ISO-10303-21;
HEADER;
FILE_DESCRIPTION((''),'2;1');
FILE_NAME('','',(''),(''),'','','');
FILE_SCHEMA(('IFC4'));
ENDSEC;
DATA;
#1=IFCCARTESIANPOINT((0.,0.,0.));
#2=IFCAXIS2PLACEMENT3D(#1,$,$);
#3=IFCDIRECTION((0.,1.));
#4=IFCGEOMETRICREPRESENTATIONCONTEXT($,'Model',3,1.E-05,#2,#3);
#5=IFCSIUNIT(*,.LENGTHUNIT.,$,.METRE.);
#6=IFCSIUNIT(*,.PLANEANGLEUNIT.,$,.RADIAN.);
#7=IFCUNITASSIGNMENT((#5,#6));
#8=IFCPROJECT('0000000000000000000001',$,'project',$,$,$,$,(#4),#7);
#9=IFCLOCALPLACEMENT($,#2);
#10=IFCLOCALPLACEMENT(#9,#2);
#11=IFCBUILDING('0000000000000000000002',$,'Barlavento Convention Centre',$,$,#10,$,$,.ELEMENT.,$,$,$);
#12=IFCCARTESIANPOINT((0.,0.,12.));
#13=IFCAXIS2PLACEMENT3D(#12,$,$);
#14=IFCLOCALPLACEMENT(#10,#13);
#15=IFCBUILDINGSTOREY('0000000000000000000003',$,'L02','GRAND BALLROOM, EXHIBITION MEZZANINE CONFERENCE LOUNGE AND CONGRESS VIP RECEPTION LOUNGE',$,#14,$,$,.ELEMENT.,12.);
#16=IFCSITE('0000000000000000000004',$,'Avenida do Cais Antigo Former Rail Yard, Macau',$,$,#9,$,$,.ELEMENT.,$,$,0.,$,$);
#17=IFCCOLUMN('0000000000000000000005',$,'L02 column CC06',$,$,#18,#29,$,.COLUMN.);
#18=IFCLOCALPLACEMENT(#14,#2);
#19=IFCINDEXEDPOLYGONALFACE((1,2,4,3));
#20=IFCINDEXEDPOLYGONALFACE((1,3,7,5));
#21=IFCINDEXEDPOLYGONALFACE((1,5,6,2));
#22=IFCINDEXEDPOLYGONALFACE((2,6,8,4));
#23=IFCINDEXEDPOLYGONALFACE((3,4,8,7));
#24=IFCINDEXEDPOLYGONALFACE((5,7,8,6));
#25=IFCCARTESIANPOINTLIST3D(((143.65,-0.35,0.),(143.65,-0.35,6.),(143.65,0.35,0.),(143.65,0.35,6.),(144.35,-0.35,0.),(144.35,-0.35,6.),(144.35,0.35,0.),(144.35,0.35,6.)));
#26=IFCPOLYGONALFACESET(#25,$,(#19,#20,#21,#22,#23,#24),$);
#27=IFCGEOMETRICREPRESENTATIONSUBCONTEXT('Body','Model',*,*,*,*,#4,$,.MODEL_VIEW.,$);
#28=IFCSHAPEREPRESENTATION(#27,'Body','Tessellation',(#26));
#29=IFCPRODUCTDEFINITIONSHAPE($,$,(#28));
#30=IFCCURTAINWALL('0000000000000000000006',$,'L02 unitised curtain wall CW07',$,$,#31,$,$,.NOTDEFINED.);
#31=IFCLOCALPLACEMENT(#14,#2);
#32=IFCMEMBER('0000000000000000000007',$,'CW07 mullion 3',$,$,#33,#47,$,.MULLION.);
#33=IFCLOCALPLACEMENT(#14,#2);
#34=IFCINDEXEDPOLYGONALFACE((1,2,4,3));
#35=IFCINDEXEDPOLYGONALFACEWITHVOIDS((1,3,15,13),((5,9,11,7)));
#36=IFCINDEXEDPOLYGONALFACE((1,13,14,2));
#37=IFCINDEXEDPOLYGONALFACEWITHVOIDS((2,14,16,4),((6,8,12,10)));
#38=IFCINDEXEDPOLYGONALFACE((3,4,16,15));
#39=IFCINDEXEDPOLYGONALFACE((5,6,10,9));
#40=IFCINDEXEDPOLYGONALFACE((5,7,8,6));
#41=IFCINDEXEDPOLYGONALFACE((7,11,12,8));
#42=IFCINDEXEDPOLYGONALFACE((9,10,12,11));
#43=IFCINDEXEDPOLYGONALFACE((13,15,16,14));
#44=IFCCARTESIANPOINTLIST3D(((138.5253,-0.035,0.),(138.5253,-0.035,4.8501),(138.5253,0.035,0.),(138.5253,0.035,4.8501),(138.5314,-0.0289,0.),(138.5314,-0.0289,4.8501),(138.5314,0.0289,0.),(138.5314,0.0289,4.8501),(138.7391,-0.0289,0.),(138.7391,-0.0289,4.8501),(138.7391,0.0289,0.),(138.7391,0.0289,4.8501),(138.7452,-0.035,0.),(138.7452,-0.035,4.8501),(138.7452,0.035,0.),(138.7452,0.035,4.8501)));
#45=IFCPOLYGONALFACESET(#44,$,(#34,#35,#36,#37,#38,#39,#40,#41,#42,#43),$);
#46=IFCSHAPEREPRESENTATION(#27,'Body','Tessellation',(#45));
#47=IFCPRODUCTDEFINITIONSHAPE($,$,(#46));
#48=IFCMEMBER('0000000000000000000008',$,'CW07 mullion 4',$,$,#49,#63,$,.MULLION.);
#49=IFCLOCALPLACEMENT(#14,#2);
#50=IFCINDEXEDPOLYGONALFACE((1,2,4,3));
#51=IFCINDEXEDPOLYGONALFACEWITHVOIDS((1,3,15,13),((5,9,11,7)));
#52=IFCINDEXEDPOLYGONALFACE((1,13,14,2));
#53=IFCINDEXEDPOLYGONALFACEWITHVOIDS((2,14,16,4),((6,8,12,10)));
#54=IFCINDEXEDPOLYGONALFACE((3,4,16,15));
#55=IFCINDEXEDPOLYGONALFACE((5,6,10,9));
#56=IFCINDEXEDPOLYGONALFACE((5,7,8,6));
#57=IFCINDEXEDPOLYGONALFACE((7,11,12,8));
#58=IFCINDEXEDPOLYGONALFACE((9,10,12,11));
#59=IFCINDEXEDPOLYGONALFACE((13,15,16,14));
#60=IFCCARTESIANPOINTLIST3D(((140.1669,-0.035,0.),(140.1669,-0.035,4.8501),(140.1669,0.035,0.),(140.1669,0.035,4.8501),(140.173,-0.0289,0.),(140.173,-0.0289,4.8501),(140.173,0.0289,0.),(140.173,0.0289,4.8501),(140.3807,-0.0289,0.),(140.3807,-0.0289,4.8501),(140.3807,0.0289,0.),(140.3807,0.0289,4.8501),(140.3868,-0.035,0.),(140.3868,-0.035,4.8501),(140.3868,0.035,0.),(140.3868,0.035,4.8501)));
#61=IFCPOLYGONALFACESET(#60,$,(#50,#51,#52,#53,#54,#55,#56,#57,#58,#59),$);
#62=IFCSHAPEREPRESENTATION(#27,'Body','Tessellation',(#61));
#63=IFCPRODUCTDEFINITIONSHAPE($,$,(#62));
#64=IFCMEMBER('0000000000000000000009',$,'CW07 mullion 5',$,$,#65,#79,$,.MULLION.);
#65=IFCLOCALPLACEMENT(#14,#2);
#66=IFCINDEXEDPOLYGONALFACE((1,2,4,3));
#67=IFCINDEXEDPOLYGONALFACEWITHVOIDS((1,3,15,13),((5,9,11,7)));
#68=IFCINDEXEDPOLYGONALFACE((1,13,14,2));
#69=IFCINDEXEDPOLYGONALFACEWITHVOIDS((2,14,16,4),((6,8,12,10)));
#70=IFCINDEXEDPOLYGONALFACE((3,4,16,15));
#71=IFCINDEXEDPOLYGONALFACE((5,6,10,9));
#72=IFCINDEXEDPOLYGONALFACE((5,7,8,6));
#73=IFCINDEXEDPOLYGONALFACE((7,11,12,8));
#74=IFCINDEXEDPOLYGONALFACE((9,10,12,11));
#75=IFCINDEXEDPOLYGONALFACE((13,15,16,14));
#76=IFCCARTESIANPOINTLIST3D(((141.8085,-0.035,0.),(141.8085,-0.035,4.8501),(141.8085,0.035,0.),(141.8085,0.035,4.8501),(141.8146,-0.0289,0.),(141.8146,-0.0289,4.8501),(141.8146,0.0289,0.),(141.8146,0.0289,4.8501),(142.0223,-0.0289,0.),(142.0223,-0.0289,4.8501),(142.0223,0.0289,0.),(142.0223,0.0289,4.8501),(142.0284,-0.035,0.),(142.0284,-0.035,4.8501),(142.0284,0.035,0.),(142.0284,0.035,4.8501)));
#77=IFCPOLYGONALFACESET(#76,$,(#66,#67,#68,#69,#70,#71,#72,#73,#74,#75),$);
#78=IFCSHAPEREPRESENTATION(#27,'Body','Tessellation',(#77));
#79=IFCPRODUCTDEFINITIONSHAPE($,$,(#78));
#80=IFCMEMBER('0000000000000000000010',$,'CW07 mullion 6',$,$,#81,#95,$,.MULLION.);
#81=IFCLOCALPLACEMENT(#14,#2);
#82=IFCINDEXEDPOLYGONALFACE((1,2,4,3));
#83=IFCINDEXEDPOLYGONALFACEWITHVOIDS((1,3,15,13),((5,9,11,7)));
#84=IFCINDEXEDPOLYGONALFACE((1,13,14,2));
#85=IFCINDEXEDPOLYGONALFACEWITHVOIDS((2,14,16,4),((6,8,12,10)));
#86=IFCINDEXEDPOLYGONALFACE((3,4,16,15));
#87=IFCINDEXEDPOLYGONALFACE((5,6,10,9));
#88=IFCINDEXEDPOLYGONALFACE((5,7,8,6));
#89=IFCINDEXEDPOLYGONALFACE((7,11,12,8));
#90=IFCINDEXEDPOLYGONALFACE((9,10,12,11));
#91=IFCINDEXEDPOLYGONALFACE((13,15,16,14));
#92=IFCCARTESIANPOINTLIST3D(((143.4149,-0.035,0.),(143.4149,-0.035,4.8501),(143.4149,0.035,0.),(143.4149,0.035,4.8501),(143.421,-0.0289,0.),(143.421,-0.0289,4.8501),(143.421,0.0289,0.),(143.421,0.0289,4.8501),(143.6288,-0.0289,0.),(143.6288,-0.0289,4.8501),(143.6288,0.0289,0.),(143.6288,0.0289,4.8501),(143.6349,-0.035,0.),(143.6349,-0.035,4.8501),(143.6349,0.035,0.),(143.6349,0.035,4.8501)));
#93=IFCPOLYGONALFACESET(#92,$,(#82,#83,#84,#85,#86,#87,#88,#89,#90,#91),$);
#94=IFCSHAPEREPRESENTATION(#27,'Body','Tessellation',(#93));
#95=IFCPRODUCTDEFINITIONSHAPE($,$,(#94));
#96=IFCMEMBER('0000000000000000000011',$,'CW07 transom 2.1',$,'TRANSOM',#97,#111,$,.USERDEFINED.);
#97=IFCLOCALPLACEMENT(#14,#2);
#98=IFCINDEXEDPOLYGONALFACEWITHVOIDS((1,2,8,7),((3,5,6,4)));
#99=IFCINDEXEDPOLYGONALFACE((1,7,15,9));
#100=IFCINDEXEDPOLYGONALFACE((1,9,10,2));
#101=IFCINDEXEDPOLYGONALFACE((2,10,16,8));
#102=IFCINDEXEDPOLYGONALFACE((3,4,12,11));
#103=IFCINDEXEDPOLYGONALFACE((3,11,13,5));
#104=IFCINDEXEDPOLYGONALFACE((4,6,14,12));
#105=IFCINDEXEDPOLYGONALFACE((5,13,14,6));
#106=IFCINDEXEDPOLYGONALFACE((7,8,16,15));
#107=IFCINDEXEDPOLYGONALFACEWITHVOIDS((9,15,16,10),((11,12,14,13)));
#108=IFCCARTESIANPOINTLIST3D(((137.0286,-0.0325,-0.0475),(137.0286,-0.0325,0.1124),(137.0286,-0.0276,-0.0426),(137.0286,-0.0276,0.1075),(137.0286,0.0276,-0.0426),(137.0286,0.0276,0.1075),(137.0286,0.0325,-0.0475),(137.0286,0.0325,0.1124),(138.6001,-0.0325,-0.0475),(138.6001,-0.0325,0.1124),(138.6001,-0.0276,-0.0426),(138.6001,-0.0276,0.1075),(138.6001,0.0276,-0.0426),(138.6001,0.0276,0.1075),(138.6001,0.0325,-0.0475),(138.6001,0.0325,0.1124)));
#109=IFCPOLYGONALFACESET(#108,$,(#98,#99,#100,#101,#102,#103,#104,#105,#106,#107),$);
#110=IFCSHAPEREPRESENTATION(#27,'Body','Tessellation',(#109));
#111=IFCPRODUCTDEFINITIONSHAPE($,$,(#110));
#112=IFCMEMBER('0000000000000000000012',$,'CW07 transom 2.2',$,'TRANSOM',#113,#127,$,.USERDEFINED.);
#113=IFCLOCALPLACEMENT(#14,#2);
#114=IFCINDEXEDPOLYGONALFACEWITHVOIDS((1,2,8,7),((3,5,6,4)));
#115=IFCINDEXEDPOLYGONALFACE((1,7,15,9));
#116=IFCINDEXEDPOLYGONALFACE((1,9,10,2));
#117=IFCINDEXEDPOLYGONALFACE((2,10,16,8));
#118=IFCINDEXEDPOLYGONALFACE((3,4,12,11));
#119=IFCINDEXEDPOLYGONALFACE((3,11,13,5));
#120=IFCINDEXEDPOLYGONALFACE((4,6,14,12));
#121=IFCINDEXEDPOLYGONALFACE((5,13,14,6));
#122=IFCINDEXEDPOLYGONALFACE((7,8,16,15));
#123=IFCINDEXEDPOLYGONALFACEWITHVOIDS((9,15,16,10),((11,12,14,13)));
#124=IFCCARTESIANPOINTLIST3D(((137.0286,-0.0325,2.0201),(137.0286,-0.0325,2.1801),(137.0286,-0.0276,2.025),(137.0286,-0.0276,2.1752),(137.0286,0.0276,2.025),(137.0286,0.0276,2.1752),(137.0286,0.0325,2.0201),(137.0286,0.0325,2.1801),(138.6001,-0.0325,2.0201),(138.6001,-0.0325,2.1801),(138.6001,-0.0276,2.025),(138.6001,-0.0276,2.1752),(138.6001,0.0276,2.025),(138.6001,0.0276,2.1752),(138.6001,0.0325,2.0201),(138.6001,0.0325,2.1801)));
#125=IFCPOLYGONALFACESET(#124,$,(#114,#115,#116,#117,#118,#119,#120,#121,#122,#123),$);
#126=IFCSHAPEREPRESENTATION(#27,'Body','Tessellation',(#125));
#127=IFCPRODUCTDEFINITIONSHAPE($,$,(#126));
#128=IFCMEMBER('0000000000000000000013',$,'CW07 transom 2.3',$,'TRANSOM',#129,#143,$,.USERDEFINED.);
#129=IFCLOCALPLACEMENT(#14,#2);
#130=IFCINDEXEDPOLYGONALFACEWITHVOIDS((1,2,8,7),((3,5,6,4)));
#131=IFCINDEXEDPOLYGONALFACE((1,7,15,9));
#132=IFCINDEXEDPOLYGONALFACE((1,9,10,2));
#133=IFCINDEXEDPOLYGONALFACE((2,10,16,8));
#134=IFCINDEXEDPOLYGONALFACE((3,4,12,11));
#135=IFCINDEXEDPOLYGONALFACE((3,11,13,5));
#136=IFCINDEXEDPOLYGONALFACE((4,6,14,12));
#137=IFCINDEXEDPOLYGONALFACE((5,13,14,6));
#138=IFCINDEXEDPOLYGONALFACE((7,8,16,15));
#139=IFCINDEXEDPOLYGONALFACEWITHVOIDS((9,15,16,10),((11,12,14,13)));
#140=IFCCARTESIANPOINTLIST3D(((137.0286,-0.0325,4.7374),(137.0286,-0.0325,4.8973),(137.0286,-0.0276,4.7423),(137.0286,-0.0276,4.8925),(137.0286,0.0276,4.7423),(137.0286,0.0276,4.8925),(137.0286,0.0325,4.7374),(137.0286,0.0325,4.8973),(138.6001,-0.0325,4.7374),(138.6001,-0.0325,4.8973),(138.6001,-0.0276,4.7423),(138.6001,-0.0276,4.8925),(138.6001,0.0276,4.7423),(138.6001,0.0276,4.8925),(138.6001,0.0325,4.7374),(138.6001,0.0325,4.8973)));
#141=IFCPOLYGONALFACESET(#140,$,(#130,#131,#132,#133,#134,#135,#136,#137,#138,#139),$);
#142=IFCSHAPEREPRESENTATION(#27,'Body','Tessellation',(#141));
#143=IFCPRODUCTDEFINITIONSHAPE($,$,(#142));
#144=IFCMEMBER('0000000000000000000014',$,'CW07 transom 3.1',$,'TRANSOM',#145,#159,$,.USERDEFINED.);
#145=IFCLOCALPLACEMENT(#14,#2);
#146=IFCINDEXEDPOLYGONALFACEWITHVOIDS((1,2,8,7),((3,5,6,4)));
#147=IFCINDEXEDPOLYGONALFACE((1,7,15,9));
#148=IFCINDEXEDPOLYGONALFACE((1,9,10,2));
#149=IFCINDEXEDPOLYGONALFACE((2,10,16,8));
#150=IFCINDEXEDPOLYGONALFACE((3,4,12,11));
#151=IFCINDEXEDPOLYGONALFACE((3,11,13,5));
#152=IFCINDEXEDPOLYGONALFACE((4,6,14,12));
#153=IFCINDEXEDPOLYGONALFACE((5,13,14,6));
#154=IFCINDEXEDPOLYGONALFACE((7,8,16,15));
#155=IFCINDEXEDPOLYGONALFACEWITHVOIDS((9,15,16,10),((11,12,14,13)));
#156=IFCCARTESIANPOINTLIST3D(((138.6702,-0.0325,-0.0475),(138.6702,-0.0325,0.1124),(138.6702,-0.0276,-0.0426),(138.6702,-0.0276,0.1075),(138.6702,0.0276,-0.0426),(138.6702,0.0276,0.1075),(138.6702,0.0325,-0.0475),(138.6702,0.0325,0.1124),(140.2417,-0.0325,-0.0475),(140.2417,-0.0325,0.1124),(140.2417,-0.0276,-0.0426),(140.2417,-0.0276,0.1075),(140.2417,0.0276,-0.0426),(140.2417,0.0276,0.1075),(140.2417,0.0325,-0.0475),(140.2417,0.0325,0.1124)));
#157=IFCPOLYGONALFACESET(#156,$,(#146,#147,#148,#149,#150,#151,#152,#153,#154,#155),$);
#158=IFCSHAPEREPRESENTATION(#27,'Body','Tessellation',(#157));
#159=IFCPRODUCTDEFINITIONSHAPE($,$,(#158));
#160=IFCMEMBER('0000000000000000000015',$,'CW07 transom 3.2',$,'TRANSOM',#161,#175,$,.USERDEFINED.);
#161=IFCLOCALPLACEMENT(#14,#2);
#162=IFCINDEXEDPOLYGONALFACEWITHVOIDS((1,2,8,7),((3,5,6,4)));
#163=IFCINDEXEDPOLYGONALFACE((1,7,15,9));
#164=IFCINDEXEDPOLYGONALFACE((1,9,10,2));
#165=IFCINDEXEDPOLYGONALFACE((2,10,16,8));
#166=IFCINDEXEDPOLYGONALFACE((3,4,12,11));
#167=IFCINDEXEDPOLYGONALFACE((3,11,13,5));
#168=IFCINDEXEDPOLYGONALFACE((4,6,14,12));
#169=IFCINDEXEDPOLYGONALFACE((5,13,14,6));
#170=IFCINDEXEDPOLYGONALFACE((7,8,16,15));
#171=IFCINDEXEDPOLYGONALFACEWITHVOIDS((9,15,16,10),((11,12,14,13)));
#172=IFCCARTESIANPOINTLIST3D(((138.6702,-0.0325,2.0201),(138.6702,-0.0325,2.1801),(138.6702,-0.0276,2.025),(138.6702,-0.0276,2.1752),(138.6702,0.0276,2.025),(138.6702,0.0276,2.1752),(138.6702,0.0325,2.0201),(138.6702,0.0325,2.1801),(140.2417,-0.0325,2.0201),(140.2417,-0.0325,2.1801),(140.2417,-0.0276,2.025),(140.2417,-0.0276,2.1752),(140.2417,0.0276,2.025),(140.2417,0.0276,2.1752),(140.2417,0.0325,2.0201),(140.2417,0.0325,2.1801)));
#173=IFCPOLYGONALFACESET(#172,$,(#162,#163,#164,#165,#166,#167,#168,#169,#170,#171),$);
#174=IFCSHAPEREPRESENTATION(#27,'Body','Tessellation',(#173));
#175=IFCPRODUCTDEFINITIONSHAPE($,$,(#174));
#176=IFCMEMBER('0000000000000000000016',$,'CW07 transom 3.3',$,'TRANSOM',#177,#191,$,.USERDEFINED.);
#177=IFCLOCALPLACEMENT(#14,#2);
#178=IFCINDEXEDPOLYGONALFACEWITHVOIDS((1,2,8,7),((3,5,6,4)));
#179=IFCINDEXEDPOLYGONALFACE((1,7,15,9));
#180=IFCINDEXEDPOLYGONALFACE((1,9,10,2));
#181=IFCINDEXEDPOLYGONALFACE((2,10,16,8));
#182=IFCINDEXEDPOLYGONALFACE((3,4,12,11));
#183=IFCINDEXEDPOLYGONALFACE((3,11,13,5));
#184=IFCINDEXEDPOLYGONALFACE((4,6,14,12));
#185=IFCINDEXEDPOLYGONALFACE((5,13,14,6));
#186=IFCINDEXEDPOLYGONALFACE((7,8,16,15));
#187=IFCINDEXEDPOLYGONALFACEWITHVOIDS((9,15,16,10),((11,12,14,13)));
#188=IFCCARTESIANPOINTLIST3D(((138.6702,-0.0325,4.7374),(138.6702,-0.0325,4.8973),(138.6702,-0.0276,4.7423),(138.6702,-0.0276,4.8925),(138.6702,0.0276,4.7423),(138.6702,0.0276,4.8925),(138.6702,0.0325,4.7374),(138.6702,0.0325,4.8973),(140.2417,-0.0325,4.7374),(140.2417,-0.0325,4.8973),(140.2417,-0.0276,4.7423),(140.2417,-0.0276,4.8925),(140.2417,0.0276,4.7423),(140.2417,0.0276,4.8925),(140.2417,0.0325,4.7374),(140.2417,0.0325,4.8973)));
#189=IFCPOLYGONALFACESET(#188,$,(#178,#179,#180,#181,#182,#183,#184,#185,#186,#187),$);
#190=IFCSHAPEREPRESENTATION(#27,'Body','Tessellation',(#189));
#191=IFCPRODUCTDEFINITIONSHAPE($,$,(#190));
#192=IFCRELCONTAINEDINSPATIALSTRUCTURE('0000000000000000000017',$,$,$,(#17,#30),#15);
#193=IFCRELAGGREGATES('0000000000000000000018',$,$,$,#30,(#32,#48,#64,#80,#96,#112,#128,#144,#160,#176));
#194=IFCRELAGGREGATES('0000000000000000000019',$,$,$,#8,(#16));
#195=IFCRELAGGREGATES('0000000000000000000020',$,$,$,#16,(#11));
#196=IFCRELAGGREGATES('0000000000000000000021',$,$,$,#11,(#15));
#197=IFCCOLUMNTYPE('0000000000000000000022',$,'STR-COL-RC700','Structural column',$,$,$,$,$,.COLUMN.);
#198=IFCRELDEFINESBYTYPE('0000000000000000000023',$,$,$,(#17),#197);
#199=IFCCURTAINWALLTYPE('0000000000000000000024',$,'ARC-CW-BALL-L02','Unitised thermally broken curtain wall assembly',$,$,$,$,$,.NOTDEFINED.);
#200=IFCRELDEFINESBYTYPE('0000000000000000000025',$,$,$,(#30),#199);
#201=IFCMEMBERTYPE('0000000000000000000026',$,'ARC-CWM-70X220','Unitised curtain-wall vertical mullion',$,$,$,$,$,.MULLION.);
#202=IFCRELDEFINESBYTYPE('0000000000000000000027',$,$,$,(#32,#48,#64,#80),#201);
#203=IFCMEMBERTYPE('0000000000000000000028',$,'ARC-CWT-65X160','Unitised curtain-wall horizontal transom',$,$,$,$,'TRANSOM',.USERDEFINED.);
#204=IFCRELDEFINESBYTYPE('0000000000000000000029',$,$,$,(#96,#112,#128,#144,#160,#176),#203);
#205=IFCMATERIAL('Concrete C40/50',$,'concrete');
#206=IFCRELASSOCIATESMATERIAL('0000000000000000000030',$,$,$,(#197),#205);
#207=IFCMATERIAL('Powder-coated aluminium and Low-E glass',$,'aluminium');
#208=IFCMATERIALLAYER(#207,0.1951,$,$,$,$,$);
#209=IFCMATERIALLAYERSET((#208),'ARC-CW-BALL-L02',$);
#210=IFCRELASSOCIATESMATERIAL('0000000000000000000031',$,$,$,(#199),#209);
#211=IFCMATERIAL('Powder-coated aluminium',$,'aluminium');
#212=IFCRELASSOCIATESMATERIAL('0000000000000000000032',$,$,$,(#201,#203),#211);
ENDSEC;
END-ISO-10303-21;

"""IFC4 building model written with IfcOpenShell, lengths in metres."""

from ifc_helpers import new_model, si_unit, direction, frame, origin, origin_2d, place, context, subcontext, project, spatial, rectangle, hollow_rectangle, extrude, material, layer, layer_set, material_profile, profile_set, type_object, element, aggregate, save


model = new_model("IFC4")

# Units and contexts
model_context = context("Model", 3, precision=1e-05, world=origin(), true_north=direction((0.0, 1.0)))
body_context = subcontext(model_context, "Body", "Model", "MODEL_VIEW")
ifc_project = project(units=[si_unit("LENGTHUNIT", "METRE"), si_unit("PLANEANGLEUNIT", "RADIAN")], contexts=[model_context])

# Site, building, storey
site_placement = place(None, origin())
site = spatial("IfcSite", under=ifc_project, at=site_placement, Name="Avenida do Cais Antigo Former Rail Yard, Macau", CompositionType="ELEMENT", RefElevation=0.0)
building_placement = place(site_placement, origin())
building = spatial("IfcBuilding", under=site, at=building_placement, Name="Barlavento Convention Centre", CompositionType="ELEMENT")
storey_placement = place(building_placement, frame((0.0, 0.0, 12.0)))
storey = spatial("IfcBuildingStorey", under=building, at=storey_placement, Name="L02", Description="GRAND BALLROOM, EXHIBITION MEZZANINE CONFERENCE LOUNGE AND CONGRESS VIP RECEPTION LOUNGE", CompositionType="ELEMENT", Elevation=12.0)

# Column
ifc_material_1 = material(Name="Concrete C40/50", Category="concrete")
ifc_material_profile_1 = material_profile(ifc_material_1, rectangle(XDim=0.7, YDim=0.7, at=origin_2d()), Name="RC 700x700")
ifc_profile_set_1 = profile_set([ifc_material_profile_1], Name="Concrete C40/50")
column_type = type_object("IfcColumnType", Name="STR-COL-RC700", Description="Structural column", PredefinedType="COLUMN", material=ifc_profile_set_1)
column_placement = place(storey_placement, frame((144.0, 0.0, 0.0), z_axis=(0.0, 0.0, 1.0), x_axis=(1.0, 0.0, 0.0)))
element("IfcColumn", 1, at=column_placement, inside=storey, type_object=column_type, Name="L02 column CC06", PredefinedType="COLUMN", context=body_context, shape_type="SweptSolid", body=[
    extrude(rectangle(XDim=0.7, YDim=0.7, at=origin_2d()), origin(), (0.0, 0.0, 1.0), 6.0),
])

# Curtain wall, members
ifc_material_2 = material(Name="Powder-coated aluminium and Low-E glass", Category="aluminium")
ifc_layer_1 = layer(ifc_material_2, 0.1951)
ifc_layer_set_1 = layer_set([ifc_layer_1], Name="ARC-CW-BALL-L02")
curtain_wall_type = type_object("IfcCurtainWallType", Name="ARC-CW-BALL-L02", Description="Unitised thermally broken curtain wall assembly", PredefinedType="NOTDEFINED", material=ifc_layer_set_1)
curtain_wall_placement = place(storey_placement, origin())
curtain_wall = element("IfcCurtainWall", 2, at=curtain_wall_placement, inside=storey, type_object=curtain_wall_type, Name="L02 unitised curtain wall CW07", PredefinedType="NOTDEFINED")
ifc_material_3 = material(Name="Powder-coated aluminium", Category="aluminium")
ifc_material_profile_2 = material_profile(ifc_material_3, hollow_rectangle(XDim=0.0701, YDim=0.22, WallThickness=0.0061, at=origin_2d()), Name="AL-MULL 70x220x6")
ifc_profile_set_2 = profile_set([ifc_material_profile_2], Name="Powder-coated aluminium")
member_type_1 = type_object("IfcMemberType", Name="ARC-CWM-70X220", Description="Unitised curtain-wall vertical mullion", PredefinedType="MULLION", material=ifc_profile_set_2)
member_1_placement = place(storey_placement, frame((138.6353, 0.0, 0.0), z_axis=(0.0, 0.0, 1.0), x_axis=(0.0, 1.0, 0.0)))
member_1 = element("IfcMember", 3, at=member_1_placement, type_object=member_type_1, Name="CW07 mullion 3", PredefinedType="MULLION", context=body_context, shape_type="SweptSolid", body=[
    extrude(hollow_rectangle(XDim=0.0701, YDim=0.22, WallThickness=0.0061, at=origin_2d()), origin(), (0.0, 0.0, 1.0), 4.8501),
])
member_2_placement = place(storey_placement, frame((140.2769, 0.0, 0.0), z_axis=(0.0, 0.0, 1.0), x_axis=(0.0, 1.0, 0.0)))
member_2 = element("IfcMember", 4, at=member_2_placement, type_object=member_type_1, Name="CW07 mullion 4", PredefinedType="MULLION", context=body_context, shape_type="SweptSolid", body=[
    extrude(hollow_rectangle(XDim=0.0701, YDim=0.22, WallThickness=0.0061, at=origin_2d()), origin(), (0.0, 0.0, 1.0), 4.8501),
])
member_3_placement = place(storey_placement, frame((141.9185, 0.0, 0.0), z_axis=(0.0, 0.0, 1.0), x_axis=(0.0, 1.0, 0.0)))
member_3 = element("IfcMember", 5, at=member_3_placement, type_object=member_type_1, Name="CW07 mullion 5", PredefinedType="MULLION", context=body_context, shape_type="SweptSolid", body=[
    extrude(hollow_rectangle(XDim=0.0701, YDim=0.22, WallThickness=0.0061, at=origin_2d()), origin(), (0.0, 0.0, 1.0), 4.8501),
])
member_4_placement = place(storey_placement, frame((143.5249, 0.0, 0.0), z_axis=(0.0, 0.0, 1.0), x_axis=(0.0, 1.0, 0.0)))
member_4 = element("IfcMember", 6, at=member_4_placement, type_object=member_type_1, Name="CW07 mullion 6", PredefinedType="MULLION", context=body_context, shape_type="SweptSolid", body=[
    extrude(hollow_rectangle(XDim=0.0701, YDim=0.22, WallThickness=0.0061, at=origin_2d()), origin(), (0.0, 0.0, 1.0), 4.8501),
])
ifc_material_profile_3 = material_profile(ifc_material_3, hollow_rectangle(XDim=0.0649, YDim=0.1599, WallThickness=0.0049, at=origin_2d()), Name="AL-TRAN 65x160x5")
ifc_profile_set_3 = profile_set([ifc_material_profile_3], Name="Powder-coated aluminium")
member_type_2 = type_object("IfcMemberType", Name="ARC-CWT-65X160", Description="Unitised curtain-wall horizontal transom", ElementType="TRANSOM", PredefinedType="USERDEFINED", material=ifc_profile_set_3)
member_5_placement = place(storey_placement, frame((137.0286, 0.0, 0.0325), z_axis=(1.0, 0.0, 0.0), x_axis=(0.0, 1.0, 0.0)))
member_5 = element("IfcMember", 7, at=member_5_placement, type_object=member_type_2, Name="CW07 transom 2.1", ObjectType="TRANSOM", PredefinedType="USERDEFINED", context=body_context, shape_type="SweptSolid", body=[
    extrude(hollow_rectangle(XDim=0.0649, YDim=0.1599, WallThickness=0.0049, at=origin_2d()), origin(), (0.0, 0.0, 1.0), 1.5715),
])
member_6_placement = place(storey_placement, frame((137.0286, 0.0, 2.1001), z_axis=(1.0, 0.0, 0.0), x_axis=(0.0, 1.0, 0.0)))
member_6 = element("IfcMember", 8, at=member_6_placement, type_object=member_type_2, Name="CW07 transom 2.2", ObjectType="TRANSOM", PredefinedType="USERDEFINED", context=body_context, shape_type="SweptSolid", body=[
    extrude(hollow_rectangle(XDim=0.0649, YDim=0.1599, WallThickness=0.0049, at=origin_2d()), origin(), (0.0, 0.0, 1.0), 1.5715),
])
member_7_placement = place(storey_placement, frame((137.0286, 0.0, 4.8174), z_axis=(1.0, 0.0, 0.0), x_axis=(0.0, 1.0, 0.0)))
member_7 = element("IfcMember", 9, at=member_7_placement, type_object=member_type_2, Name="CW07 transom 2.3", ObjectType="TRANSOM", PredefinedType="USERDEFINED", context=body_context, shape_type="SweptSolid", body=[
    extrude(hollow_rectangle(XDim=0.0649, YDim=0.1599, WallThickness=0.0049, at=origin_2d()), origin(), (0.0, 0.0, 1.0), 1.5715),
])
member_8_placement = place(storey_placement, frame((138.6702, 0.0, 0.0325), z_axis=(1.0, 0.0, 0.0), x_axis=(0.0, 1.0, 0.0)))
member_8 = element("IfcMember", 10, at=member_8_placement, type_object=member_type_2, Name="CW07 transom 3.1", ObjectType="TRANSOM", PredefinedType="USERDEFINED", context=body_context, shape_type="SweptSolid", body=[
    extrude(hollow_rectangle(XDim=0.0649, YDim=0.1599, WallThickness=0.0049, at=origin_2d()), origin(), (0.0, 0.0, 1.0), 1.5715),
])
member_9_placement = place(storey_placement, frame((138.6702, 0.0, 2.1001), z_axis=(1.0, 0.0, 0.0), x_axis=(0.0, 1.0, 0.0)))
member_9 = element("IfcMember", 11, at=member_9_placement, type_object=member_type_2, Name="CW07 transom 3.2", ObjectType="TRANSOM", PredefinedType="USERDEFINED", context=body_context, shape_type="SweptSolid", body=[
    extrude(hollow_rectangle(XDim=0.0649, YDim=0.1599, WallThickness=0.0049, at=origin_2d()), origin(), (0.0, 0.0, 1.0), 1.5715),
])
member_10_placement = place(storey_placement, frame((138.6702, 0.0, 4.8174), z_axis=(1.0, 0.0, 0.0), x_axis=(0.0, 1.0, 0.0)))
member_10 = element("IfcMember", 12, at=member_10_placement, type_object=member_type_2, Name="CW07 transom 3.3", ObjectType="TRANSOM", PredefinedType="USERDEFINED", context=body_context, shape_type="SweptSolid", body=[
    extrude(hollow_rectangle(XDim=0.0649, YDim=0.1599, WallThickness=0.0049, at=origin_2d()), origin(), (0.0, 0.0, 1.0), 1.5715),
])

aggregate(curtain_wall, [member_1, member_2, member_3, member_4, member_5, member_6, member_7, member_8, member_9, member_10])

save(model, "model.ifc")
